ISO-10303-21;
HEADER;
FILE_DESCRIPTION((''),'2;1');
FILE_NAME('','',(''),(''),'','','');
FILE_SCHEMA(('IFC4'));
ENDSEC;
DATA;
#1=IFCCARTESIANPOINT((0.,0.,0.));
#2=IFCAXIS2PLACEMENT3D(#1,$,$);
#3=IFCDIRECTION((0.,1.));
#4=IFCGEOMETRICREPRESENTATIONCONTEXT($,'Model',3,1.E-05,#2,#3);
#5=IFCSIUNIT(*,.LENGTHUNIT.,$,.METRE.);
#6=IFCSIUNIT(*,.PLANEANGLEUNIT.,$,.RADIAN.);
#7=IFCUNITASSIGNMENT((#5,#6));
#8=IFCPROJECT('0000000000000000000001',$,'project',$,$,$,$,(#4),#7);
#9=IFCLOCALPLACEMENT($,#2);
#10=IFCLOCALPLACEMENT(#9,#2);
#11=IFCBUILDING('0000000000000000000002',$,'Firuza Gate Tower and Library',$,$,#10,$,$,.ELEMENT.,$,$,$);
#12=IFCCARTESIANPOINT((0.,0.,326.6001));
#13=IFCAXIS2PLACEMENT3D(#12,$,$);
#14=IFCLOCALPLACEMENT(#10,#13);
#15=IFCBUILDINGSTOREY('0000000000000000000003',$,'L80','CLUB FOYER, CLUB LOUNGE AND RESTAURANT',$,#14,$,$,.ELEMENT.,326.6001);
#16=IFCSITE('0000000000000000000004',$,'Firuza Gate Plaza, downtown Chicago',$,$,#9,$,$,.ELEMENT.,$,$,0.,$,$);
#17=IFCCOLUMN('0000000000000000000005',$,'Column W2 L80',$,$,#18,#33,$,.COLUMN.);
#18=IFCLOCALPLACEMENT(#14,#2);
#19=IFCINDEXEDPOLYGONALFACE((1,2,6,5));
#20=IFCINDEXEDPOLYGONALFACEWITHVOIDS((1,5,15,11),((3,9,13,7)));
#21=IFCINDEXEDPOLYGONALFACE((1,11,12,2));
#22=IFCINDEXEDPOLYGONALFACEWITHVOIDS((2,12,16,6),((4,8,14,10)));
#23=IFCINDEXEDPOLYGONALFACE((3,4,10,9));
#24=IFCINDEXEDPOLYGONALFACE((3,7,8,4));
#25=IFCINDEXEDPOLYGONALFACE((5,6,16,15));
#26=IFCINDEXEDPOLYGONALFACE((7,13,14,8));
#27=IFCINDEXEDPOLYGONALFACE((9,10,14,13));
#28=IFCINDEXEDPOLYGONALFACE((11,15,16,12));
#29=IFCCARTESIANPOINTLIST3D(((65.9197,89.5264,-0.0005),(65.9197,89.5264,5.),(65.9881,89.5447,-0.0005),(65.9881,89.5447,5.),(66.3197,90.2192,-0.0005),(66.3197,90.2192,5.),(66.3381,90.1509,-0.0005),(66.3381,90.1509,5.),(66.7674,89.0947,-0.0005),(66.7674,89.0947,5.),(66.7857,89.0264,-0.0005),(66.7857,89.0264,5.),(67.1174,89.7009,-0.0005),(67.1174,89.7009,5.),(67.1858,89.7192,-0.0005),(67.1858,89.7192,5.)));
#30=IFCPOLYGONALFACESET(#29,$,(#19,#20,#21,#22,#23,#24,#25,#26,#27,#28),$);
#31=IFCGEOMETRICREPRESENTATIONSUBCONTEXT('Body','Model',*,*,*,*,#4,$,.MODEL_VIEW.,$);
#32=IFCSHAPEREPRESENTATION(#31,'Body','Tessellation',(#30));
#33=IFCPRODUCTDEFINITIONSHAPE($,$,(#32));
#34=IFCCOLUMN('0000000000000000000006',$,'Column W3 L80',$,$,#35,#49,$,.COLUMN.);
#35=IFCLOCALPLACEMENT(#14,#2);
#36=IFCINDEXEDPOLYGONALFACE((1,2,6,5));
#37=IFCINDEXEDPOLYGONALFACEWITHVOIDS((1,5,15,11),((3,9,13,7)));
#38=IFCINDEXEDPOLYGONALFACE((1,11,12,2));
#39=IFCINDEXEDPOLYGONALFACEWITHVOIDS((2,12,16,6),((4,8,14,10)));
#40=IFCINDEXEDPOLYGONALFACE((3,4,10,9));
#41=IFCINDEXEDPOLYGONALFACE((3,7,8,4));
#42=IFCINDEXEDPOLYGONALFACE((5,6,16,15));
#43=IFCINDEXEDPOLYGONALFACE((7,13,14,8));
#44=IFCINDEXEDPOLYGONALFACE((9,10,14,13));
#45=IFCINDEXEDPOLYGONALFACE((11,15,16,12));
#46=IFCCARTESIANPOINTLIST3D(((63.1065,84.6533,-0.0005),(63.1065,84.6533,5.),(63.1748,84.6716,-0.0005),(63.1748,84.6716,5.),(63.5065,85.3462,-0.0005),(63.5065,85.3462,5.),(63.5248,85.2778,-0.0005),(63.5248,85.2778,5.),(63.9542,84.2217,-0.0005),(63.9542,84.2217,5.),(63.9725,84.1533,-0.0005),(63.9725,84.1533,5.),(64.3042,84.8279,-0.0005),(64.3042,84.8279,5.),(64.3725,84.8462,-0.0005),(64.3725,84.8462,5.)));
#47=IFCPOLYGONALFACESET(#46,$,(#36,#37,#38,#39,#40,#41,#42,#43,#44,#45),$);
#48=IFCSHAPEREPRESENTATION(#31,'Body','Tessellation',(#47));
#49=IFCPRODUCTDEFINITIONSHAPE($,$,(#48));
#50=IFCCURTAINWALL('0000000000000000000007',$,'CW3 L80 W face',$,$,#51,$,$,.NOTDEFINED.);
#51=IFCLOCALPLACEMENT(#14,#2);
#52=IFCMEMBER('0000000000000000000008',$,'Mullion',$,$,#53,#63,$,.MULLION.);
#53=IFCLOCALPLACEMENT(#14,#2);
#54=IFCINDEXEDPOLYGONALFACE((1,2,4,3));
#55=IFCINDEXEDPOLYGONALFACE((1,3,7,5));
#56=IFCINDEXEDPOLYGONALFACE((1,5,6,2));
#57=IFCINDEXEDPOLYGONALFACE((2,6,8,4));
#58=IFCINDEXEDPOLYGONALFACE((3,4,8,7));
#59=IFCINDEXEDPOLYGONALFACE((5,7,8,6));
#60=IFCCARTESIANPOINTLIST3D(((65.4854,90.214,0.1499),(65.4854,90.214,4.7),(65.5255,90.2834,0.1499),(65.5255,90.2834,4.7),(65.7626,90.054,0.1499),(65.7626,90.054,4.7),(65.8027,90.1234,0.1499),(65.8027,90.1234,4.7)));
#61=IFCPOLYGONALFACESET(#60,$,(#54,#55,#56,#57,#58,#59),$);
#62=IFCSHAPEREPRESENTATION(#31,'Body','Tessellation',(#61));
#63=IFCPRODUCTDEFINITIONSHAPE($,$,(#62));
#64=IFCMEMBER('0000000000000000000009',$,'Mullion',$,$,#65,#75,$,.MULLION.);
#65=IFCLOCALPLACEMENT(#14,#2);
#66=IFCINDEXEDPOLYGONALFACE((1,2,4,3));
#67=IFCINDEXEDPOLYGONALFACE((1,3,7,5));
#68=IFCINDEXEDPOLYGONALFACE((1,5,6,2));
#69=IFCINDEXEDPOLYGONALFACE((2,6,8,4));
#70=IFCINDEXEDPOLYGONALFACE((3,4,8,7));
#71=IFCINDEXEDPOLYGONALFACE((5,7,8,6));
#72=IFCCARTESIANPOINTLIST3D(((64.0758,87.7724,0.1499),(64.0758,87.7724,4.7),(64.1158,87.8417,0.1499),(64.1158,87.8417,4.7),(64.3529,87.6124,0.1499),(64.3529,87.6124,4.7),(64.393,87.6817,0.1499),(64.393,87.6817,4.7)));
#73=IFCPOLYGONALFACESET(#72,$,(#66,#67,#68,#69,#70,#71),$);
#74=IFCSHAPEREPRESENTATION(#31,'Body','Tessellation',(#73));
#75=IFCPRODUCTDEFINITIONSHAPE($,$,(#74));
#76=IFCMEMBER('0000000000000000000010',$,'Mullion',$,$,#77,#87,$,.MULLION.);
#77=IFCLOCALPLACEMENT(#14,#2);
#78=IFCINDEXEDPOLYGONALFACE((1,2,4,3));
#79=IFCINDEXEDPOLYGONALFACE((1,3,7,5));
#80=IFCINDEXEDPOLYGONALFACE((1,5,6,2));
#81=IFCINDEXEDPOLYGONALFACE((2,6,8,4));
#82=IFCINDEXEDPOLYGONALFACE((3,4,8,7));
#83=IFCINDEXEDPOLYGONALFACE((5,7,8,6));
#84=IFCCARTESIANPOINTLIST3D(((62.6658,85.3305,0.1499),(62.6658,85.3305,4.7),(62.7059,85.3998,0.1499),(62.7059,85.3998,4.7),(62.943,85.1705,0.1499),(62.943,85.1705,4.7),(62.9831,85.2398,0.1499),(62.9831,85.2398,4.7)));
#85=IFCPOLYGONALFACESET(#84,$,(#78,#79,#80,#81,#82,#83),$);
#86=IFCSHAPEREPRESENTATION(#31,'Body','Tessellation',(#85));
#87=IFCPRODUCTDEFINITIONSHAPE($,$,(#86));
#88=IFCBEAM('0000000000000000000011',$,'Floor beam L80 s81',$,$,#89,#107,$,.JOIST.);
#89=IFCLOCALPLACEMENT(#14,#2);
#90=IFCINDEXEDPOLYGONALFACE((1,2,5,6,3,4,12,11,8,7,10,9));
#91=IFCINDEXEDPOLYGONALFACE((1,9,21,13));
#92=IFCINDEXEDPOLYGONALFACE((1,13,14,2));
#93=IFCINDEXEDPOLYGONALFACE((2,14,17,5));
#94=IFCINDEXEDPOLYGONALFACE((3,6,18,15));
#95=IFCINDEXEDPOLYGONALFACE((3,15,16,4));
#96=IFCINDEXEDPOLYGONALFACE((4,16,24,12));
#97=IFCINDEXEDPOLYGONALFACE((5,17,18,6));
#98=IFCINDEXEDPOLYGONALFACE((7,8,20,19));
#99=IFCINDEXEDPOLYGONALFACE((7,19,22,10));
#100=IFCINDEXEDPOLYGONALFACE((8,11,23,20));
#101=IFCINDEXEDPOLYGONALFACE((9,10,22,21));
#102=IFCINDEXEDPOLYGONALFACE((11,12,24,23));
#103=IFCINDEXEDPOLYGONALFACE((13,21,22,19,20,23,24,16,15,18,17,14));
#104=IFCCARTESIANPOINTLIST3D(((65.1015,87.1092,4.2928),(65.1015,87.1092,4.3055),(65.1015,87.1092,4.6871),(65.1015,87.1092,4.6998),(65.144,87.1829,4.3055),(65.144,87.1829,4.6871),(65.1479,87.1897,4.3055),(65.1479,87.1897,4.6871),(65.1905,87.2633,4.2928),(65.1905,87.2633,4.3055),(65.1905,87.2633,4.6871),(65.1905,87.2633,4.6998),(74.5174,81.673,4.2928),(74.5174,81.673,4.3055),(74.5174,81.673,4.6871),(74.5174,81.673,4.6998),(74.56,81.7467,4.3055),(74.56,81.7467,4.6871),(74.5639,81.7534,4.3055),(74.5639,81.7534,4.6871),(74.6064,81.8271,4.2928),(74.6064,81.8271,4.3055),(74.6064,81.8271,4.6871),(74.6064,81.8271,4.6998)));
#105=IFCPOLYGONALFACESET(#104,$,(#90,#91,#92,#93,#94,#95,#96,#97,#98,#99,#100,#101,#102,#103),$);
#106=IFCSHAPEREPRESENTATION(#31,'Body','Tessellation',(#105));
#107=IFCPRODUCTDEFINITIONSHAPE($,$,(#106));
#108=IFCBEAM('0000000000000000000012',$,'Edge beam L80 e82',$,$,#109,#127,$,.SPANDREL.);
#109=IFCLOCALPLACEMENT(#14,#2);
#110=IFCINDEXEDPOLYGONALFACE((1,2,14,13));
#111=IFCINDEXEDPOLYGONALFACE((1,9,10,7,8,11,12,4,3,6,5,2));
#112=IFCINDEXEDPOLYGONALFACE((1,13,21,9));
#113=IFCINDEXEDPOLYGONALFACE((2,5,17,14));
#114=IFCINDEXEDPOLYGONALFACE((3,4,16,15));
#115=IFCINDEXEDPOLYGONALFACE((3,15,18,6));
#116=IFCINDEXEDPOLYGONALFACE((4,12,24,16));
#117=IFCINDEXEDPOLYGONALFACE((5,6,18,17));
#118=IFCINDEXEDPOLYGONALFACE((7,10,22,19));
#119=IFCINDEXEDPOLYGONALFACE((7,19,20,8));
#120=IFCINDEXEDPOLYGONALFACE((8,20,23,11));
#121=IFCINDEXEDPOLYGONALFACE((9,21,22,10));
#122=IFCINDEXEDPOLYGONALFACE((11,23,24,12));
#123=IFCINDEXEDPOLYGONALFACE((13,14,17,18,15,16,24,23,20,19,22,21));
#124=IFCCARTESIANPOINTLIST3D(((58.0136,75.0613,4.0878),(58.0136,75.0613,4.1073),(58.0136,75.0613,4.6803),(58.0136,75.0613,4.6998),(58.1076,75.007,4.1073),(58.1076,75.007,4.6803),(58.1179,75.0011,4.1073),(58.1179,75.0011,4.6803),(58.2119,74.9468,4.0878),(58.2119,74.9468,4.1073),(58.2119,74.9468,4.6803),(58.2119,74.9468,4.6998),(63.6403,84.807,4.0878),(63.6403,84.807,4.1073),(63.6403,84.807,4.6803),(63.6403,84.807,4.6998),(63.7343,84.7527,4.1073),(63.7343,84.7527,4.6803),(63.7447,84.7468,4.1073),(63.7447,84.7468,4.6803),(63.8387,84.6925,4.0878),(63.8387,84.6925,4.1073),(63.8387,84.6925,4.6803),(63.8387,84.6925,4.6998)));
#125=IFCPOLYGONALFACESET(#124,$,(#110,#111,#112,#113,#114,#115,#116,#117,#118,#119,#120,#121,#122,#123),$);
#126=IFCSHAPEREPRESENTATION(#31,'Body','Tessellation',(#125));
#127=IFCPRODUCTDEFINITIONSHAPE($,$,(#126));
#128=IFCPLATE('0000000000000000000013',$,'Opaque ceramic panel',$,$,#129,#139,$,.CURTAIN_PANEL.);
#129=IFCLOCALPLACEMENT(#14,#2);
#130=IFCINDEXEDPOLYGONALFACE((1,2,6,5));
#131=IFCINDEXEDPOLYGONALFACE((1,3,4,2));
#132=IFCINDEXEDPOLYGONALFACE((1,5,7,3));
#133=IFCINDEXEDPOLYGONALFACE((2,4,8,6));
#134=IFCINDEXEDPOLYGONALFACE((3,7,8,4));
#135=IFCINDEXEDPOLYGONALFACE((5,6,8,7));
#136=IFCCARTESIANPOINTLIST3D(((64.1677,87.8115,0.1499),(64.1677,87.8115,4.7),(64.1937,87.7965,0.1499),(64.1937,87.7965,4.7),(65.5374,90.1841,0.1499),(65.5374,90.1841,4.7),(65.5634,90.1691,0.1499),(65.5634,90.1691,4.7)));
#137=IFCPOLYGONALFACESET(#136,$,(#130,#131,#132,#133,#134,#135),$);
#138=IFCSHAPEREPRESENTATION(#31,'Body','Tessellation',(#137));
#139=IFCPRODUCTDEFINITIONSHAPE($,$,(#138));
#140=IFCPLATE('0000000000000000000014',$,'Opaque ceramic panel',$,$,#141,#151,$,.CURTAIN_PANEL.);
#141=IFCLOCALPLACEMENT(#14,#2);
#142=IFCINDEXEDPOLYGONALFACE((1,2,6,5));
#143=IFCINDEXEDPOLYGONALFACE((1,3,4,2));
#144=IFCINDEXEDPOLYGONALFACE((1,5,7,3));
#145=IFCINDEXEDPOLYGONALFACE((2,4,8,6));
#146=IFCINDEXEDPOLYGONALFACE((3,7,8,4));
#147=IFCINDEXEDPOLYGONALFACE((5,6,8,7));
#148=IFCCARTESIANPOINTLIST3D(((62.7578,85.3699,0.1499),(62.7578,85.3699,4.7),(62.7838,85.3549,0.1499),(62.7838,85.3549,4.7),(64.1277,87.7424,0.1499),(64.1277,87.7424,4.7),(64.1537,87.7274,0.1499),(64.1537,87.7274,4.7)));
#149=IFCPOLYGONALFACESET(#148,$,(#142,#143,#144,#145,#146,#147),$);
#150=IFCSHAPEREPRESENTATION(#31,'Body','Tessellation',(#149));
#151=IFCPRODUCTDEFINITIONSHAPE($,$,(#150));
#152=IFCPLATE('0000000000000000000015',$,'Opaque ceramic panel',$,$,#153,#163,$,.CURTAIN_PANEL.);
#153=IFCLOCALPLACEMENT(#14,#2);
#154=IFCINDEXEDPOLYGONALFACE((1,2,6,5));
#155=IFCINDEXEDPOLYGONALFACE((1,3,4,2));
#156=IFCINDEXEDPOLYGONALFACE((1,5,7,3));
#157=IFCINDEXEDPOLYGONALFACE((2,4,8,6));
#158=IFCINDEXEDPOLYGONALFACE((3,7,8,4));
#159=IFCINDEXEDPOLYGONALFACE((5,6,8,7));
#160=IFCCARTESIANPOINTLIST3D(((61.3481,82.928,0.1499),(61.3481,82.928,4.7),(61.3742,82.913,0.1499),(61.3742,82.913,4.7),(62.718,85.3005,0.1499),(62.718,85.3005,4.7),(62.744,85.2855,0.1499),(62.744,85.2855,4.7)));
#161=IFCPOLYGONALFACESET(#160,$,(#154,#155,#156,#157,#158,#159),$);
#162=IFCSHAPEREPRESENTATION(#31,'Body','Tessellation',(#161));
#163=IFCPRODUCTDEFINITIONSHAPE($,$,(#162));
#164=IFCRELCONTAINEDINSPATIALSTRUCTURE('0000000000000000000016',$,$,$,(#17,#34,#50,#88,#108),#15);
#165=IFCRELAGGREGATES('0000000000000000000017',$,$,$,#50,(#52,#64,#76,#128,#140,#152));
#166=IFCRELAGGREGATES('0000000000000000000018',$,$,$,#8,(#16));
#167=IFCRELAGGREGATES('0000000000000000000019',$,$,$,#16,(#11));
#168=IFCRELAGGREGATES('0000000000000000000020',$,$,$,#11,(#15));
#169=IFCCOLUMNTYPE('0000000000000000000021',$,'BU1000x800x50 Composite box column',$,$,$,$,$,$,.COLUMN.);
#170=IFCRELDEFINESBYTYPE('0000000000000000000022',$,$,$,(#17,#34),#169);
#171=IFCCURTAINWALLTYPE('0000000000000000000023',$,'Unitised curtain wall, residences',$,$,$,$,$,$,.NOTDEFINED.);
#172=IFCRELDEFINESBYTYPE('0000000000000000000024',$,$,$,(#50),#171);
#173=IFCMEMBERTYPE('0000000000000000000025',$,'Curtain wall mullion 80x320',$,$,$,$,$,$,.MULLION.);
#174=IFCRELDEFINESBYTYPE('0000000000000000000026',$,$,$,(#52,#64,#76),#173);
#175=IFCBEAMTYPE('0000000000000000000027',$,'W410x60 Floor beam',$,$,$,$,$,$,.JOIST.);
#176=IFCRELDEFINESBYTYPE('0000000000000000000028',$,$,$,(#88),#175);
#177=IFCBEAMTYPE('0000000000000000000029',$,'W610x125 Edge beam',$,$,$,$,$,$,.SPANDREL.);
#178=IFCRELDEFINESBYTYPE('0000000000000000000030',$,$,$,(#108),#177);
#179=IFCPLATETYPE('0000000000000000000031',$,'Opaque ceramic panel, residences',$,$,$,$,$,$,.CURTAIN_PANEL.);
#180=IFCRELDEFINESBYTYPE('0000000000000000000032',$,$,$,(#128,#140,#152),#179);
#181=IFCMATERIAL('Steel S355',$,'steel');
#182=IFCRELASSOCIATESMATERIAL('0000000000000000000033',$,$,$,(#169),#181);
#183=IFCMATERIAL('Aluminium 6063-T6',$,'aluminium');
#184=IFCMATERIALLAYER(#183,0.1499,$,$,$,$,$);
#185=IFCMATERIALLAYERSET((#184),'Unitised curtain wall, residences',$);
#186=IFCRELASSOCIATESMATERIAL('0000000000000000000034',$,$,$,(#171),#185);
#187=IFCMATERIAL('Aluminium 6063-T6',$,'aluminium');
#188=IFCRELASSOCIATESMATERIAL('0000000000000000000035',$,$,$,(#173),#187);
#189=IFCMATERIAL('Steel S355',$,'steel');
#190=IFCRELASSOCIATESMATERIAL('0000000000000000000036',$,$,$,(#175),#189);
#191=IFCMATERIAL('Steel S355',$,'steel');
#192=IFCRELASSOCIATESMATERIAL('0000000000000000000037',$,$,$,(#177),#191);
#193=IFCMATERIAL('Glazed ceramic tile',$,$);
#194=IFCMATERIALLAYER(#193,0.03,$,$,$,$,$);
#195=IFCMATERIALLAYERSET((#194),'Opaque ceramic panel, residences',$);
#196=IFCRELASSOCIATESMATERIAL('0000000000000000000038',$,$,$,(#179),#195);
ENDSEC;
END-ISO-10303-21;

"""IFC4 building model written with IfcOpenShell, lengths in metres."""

from ifc_helpers import new_model, si_unit, direction, frame, origin, origin_2d, place, context, subcontext, project, spatial, polyline, rectangle, hollow_rectangle, i_section, outline, extrude, material, layer, layer_set, material_profile, profile_set, type_object, element, aggregate, save


model = new_model("IFC4")

# Units and contexts
model_context = context("Model", 3, precision=1e-05, world=origin(), true_north=direction((0.0, 1.0)))
body_context = subcontext(model_context, "Body", "Model", "MODEL_VIEW")
ifc_project = project(units=[si_unit("LENGTHUNIT", "METRE"), si_unit("PLANEANGLEUNIT", "RADIAN")], contexts=[model_context])

# Site, building, storey
site_placement = place(None, origin())
site = spatial("IfcSite", under=ifc_project, at=site_placement, Name="Firuza Gate Plaza, downtown Chicago", CompositionType="ELEMENT", RefElevation=0.0)
building_placement = place(site_placement, origin())
building = spatial("IfcBuilding", under=site, at=building_placement, Name="Firuza Gate Tower and Library", CompositionType="ELEMENT")
storey_placement = place(building_placement, frame((0.0, 0.0, 326.6001)))
storey = spatial("IfcBuildingStorey", under=building, at=storey_placement, Name="L80", Description="CLUB FOYER, CLUB LOUNGE AND RESTAURANT", CompositionType="ELEMENT", Elevation=326.6001)

# Columns
ifc_material_1 = material(Name="Steel S355", Category="steel")
ifc_material_profile_1 = material_profile(ifc_material_1, hollow_rectangle(XDim=0.8, YDim=1.0, WallThickness=0.05, at=origin_2d()))
ifc_profile_set_1 = profile_set([ifc_material_profile_1], Name="Steel S355")
column_type = type_object("IfcColumnType", Name="BU1000x800x50 Composite box column", PredefinedType="COLUMN", material=ifc_profile_set_1)
for number, where, z_axis, x_axis, name in (
    (1, (66.5527, 89.6228, -0.0005), (0.0, 0.0, 1.0), (-0.5, -0.866025, 0.0), "Column W2 L80"),
    (2, (63.7395, 84.7498, -0.0005), (0.0, 0.0, 1.0), (-0.5, -0.866025, 0.0), "Column W3 L80"),
):
    element("IfcColumn", number, at=place(storey_placement, frame(where, z_axis=z_axis, x_axis=x_axis)), inside=storey, type_object=column_type, Name=name, PredefinedType="COLUMN", context=body_context, shape_type="SweptSolid", body=[
        extrude(hollow_rectangle(XDim=0.8, YDim=1.0, WallThickness=0.05, at=origin_2d()), origin(), (0.0, 0.0, 1.0), 5.0005),
    ])

# Curtain wall, members
ifc_material_2 = material(Name="Aluminium 6063-T6", Category="aluminium")
ifc_layer_1 = layer(ifc_material_2, 0.1499)
ifc_layer_set_1 = layer_set([ifc_layer_1], Name="Unitised curtain wall, residences")
curtain_wall_type = type_object("IfcCurtainWallType", Name="Unitised curtain wall, residences", PredefinedType="NOTDEFINED", material=ifc_layer_set_1)
placement = place(storey_placement, origin())
curtain_wall = element("IfcCurtainWall", 3, at=placement, inside=storey, type_object=curtain_wall_type, Name="CW3 L80 W face", PredefinedType="NOTDEFINED")
ifc_material_3 = material(Name="Aluminium 6063-T6", Category="aluminium")
ifc_material_profile_2 = material_profile(ifc_material_3, rectangle(XDim=0.3201, YDim=0.0801, at=origin_2d()))
ifc_profile_set_2 = profile_set([ifc_material_profile_2], Name="Aluminium 6063-T6")
member_type = type_object("IfcMemberType", Name="Curtain wall mullion 80x320", PredefinedType="MULLION", material=ifc_profile_set_2)
member_1_placement = place(storey_placement, frame((65.644, 90.1687, 0.1499), z_axis=(0.0, 0.0, 1.0), x_axis=(0.866025, -0.5, 0.0)))
member_1 = element("IfcMember", 4, at=member_1_placement, type_object=member_type, Name="Mullion", PredefinedType="MULLION", context=body_context, shape_type="SweptSolid", body=[
    extrude(rectangle(XDim=0.3201, YDim=0.0801, at=origin_2d()), origin(), (0.0, 0.0, 1.0), 4.55),
])
member_2_placement = place(storey_placement, frame((64.2344, 87.7271, 0.1499), z_axis=(0.0, 0.0, 1.0), x_axis=(0.866025, -0.5, 0.0)))
member_2 = element("IfcMember", 5, at=member_2_placement, type_object=member_type, Name="Mullion", PredefinedType="MULLION", context=body_context, shape_type="SweptSolid", body=[
    extrude(rectangle(XDim=0.3201, YDim=0.0801, at=origin_2d()), origin(), (0.0, 0.0, 1.0), 4.55),
])
member_3_placement = place(storey_placement, frame((62.8245, 85.2852, 0.1499), z_axis=(0.0, 0.0, 1.0), x_axis=(0.866025, -0.5, 0.0)))
member_3 = element("IfcMember", 6, at=member_3_placement, type_object=member_type, Name="Mullion", PredefinedType="MULLION", context=body_context, shape_type="SweptSolid", body=[
    extrude(rectangle(XDim=0.3201, YDim=0.0801, at=origin_2d()), origin(), (0.0, 0.0, 1.0), 4.55),
])

# Beams
ifc_material_4 = material(Name="Steel S355", Category="steel")
ifc_material_profile_3 = material_profile(ifc_material_4, i_section(OverallWidth=0.178, OverallDepth=0.407, WebThickness=0.0078, FlangeThickness=0.0127, at=origin_2d()))
ifc_profile_set_3 = profile_set([ifc_material_profile_3], Name="Steel S355")
beam_type_1 = type_object("IfcBeamType", Name="W410x60 Floor beam", PredefinedType="JOIST", material=ifc_profile_set_3)
beam_1_placement = place(storey_placement, frame((65.146, 87.1863, 4.4963), z_axis=(0.866028, -0.499996, 0.0), x_axis=(0.499996, 0.866028, 0.0)))
element("IfcBeam", 7, at=beam_1_placement, inside=storey, type_object=beam_type_1, Name="Floor beam L80 s81", PredefinedType="JOIST", context=body_context, shape_type="SweptSolid", body=[
    extrude(i_section(OverallWidth=0.178, OverallDepth=0.407, WebThickness=0.0078, FlangeThickness=0.0127, at=origin_2d()), origin(), (0.0, 0.0, 1.0), 10.8726),
])
ifc_material_5 = material(Name="Steel S355", Category="steel")
ifc_material_profile_4 = material_profile(ifc_material_5, i_section(OverallWidth=0.229, OverallDepth=0.6121, WebThickness=0.012, FlangeThickness=0.0195, at=origin_2d()))
ifc_profile_set_4 = profile_set([ifc_material_profile_4], Name="Steel S355")
beam_type_2 = type_object("IfcBeamType", Name="W610x125 Edge beam", PredefinedType="SPANDREL", material=ifc_profile_set_4)
beam_2_placement = place(storey_placement, frame((63.7395, 84.7498, 4.3938), z_axis=(-0.500005, -0.866022, 0.0), x_axis=(0.866022, -0.500005, 0.0)))
element("IfcBeam", 8, at=beam_2_placement, inside=storey, type_object=beam_type_2, Name="Edge beam L80 e82", PredefinedType="SPANDREL", context=body_context, shape_type="SweptSolid", body=[
    extrude(i_section(OverallWidth=0.229, OverallDepth=0.6121, WebThickness=0.012, FlangeThickness=0.0195, at=origin_2d()), origin(), (0.0, 0.0, 1.0), 11.2534),
])

# Plates
ifc_material_6 = material(Name="Glazed ceramic tile")
ifc_layer_2 = layer(ifc_material_6, 0.03)
ifc_layer_set_2 = layer_set([ifc_layer_2], Name="Opaque ceramic panel, residences")
plate_type = type_object("IfcPlateType", Name="Opaque ceramic panel, residences", PredefinedType="CURTAIN_PANEL", material=ifc_layer_set_2)
plate_1_placement = place(storey_placement, frame((65.5374, 90.1841, 0.1499), z_axis=(-0.866052, 0.499954, 0.0), x_axis=(-0.499954, -0.866052, 0.0)))
plate_1 = element("IfcPlate", 9, at=plate_1_placement, type_object=plate_type, Name="Opaque ceramic panel", PredefinedType="CURTAIN_PANEL", context=body_context, shape_type="SweptSolid", body=[
    extrude(outline(polyline([(0.0, 0.0), (2.7395, 0.0), (2.7395, 4.55), (0.0, 4.55), (0.0, 0.0)])), origin(), (0.0, 0.0, -1.0), 0.03),
])
plate_2_placement = place(storey_placement, frame((64.1277, 87.7424, 0.1499), z_axis=(-0.866013, 0.500021, 0.0), x_axis=(-0.500021, -0.866013, 0.0)))
plate_2 = element("IfcPlate", 10, at=plate_2_placement, type_object=plate_type, Name="Opaque ceramic panel", PredefinedType="CURTAIN_PANEL", context=body_context, shape_type="SweptSolid", body=[
    extrude(outline(polyline([(0.0, 0.0), (2.7396, 0.0), (2.7396, 4.55), (0.0, 4.55), (0.0, 0.0)])), origin(), (0.0, 0.0, -1.0), 0.03),
])
plate_3_placement = place(storey_placement, frame((62.718, 85.3005, 0.1499), z_axis=(-0.866013, 0.500021, 0.0), x_axis=(-0.500021, -0.866013, 0.0)))
plate_3 = element("IfcPlate", 11, at=plate_3_placement, type_object=plate_type, Name="Opaque ceramic panel", PredefinedType="CURTAIN_PANEL", context=body_context, shape_type="SweptSolid", body=[
    extrude(outline(polyline([(0.0, 0.0), (2.7396, 0.0), (2.7396, 4.55), (0.0, 4.55), (0.0, 0.0)])), origin(), (0.0, 0.0, -1.0), 0.03),
])
aggregate(curtain_wall, [member_1, member_2, member_3, plate_1, plate_2, plate_3])

save(model, "model.ifc")
